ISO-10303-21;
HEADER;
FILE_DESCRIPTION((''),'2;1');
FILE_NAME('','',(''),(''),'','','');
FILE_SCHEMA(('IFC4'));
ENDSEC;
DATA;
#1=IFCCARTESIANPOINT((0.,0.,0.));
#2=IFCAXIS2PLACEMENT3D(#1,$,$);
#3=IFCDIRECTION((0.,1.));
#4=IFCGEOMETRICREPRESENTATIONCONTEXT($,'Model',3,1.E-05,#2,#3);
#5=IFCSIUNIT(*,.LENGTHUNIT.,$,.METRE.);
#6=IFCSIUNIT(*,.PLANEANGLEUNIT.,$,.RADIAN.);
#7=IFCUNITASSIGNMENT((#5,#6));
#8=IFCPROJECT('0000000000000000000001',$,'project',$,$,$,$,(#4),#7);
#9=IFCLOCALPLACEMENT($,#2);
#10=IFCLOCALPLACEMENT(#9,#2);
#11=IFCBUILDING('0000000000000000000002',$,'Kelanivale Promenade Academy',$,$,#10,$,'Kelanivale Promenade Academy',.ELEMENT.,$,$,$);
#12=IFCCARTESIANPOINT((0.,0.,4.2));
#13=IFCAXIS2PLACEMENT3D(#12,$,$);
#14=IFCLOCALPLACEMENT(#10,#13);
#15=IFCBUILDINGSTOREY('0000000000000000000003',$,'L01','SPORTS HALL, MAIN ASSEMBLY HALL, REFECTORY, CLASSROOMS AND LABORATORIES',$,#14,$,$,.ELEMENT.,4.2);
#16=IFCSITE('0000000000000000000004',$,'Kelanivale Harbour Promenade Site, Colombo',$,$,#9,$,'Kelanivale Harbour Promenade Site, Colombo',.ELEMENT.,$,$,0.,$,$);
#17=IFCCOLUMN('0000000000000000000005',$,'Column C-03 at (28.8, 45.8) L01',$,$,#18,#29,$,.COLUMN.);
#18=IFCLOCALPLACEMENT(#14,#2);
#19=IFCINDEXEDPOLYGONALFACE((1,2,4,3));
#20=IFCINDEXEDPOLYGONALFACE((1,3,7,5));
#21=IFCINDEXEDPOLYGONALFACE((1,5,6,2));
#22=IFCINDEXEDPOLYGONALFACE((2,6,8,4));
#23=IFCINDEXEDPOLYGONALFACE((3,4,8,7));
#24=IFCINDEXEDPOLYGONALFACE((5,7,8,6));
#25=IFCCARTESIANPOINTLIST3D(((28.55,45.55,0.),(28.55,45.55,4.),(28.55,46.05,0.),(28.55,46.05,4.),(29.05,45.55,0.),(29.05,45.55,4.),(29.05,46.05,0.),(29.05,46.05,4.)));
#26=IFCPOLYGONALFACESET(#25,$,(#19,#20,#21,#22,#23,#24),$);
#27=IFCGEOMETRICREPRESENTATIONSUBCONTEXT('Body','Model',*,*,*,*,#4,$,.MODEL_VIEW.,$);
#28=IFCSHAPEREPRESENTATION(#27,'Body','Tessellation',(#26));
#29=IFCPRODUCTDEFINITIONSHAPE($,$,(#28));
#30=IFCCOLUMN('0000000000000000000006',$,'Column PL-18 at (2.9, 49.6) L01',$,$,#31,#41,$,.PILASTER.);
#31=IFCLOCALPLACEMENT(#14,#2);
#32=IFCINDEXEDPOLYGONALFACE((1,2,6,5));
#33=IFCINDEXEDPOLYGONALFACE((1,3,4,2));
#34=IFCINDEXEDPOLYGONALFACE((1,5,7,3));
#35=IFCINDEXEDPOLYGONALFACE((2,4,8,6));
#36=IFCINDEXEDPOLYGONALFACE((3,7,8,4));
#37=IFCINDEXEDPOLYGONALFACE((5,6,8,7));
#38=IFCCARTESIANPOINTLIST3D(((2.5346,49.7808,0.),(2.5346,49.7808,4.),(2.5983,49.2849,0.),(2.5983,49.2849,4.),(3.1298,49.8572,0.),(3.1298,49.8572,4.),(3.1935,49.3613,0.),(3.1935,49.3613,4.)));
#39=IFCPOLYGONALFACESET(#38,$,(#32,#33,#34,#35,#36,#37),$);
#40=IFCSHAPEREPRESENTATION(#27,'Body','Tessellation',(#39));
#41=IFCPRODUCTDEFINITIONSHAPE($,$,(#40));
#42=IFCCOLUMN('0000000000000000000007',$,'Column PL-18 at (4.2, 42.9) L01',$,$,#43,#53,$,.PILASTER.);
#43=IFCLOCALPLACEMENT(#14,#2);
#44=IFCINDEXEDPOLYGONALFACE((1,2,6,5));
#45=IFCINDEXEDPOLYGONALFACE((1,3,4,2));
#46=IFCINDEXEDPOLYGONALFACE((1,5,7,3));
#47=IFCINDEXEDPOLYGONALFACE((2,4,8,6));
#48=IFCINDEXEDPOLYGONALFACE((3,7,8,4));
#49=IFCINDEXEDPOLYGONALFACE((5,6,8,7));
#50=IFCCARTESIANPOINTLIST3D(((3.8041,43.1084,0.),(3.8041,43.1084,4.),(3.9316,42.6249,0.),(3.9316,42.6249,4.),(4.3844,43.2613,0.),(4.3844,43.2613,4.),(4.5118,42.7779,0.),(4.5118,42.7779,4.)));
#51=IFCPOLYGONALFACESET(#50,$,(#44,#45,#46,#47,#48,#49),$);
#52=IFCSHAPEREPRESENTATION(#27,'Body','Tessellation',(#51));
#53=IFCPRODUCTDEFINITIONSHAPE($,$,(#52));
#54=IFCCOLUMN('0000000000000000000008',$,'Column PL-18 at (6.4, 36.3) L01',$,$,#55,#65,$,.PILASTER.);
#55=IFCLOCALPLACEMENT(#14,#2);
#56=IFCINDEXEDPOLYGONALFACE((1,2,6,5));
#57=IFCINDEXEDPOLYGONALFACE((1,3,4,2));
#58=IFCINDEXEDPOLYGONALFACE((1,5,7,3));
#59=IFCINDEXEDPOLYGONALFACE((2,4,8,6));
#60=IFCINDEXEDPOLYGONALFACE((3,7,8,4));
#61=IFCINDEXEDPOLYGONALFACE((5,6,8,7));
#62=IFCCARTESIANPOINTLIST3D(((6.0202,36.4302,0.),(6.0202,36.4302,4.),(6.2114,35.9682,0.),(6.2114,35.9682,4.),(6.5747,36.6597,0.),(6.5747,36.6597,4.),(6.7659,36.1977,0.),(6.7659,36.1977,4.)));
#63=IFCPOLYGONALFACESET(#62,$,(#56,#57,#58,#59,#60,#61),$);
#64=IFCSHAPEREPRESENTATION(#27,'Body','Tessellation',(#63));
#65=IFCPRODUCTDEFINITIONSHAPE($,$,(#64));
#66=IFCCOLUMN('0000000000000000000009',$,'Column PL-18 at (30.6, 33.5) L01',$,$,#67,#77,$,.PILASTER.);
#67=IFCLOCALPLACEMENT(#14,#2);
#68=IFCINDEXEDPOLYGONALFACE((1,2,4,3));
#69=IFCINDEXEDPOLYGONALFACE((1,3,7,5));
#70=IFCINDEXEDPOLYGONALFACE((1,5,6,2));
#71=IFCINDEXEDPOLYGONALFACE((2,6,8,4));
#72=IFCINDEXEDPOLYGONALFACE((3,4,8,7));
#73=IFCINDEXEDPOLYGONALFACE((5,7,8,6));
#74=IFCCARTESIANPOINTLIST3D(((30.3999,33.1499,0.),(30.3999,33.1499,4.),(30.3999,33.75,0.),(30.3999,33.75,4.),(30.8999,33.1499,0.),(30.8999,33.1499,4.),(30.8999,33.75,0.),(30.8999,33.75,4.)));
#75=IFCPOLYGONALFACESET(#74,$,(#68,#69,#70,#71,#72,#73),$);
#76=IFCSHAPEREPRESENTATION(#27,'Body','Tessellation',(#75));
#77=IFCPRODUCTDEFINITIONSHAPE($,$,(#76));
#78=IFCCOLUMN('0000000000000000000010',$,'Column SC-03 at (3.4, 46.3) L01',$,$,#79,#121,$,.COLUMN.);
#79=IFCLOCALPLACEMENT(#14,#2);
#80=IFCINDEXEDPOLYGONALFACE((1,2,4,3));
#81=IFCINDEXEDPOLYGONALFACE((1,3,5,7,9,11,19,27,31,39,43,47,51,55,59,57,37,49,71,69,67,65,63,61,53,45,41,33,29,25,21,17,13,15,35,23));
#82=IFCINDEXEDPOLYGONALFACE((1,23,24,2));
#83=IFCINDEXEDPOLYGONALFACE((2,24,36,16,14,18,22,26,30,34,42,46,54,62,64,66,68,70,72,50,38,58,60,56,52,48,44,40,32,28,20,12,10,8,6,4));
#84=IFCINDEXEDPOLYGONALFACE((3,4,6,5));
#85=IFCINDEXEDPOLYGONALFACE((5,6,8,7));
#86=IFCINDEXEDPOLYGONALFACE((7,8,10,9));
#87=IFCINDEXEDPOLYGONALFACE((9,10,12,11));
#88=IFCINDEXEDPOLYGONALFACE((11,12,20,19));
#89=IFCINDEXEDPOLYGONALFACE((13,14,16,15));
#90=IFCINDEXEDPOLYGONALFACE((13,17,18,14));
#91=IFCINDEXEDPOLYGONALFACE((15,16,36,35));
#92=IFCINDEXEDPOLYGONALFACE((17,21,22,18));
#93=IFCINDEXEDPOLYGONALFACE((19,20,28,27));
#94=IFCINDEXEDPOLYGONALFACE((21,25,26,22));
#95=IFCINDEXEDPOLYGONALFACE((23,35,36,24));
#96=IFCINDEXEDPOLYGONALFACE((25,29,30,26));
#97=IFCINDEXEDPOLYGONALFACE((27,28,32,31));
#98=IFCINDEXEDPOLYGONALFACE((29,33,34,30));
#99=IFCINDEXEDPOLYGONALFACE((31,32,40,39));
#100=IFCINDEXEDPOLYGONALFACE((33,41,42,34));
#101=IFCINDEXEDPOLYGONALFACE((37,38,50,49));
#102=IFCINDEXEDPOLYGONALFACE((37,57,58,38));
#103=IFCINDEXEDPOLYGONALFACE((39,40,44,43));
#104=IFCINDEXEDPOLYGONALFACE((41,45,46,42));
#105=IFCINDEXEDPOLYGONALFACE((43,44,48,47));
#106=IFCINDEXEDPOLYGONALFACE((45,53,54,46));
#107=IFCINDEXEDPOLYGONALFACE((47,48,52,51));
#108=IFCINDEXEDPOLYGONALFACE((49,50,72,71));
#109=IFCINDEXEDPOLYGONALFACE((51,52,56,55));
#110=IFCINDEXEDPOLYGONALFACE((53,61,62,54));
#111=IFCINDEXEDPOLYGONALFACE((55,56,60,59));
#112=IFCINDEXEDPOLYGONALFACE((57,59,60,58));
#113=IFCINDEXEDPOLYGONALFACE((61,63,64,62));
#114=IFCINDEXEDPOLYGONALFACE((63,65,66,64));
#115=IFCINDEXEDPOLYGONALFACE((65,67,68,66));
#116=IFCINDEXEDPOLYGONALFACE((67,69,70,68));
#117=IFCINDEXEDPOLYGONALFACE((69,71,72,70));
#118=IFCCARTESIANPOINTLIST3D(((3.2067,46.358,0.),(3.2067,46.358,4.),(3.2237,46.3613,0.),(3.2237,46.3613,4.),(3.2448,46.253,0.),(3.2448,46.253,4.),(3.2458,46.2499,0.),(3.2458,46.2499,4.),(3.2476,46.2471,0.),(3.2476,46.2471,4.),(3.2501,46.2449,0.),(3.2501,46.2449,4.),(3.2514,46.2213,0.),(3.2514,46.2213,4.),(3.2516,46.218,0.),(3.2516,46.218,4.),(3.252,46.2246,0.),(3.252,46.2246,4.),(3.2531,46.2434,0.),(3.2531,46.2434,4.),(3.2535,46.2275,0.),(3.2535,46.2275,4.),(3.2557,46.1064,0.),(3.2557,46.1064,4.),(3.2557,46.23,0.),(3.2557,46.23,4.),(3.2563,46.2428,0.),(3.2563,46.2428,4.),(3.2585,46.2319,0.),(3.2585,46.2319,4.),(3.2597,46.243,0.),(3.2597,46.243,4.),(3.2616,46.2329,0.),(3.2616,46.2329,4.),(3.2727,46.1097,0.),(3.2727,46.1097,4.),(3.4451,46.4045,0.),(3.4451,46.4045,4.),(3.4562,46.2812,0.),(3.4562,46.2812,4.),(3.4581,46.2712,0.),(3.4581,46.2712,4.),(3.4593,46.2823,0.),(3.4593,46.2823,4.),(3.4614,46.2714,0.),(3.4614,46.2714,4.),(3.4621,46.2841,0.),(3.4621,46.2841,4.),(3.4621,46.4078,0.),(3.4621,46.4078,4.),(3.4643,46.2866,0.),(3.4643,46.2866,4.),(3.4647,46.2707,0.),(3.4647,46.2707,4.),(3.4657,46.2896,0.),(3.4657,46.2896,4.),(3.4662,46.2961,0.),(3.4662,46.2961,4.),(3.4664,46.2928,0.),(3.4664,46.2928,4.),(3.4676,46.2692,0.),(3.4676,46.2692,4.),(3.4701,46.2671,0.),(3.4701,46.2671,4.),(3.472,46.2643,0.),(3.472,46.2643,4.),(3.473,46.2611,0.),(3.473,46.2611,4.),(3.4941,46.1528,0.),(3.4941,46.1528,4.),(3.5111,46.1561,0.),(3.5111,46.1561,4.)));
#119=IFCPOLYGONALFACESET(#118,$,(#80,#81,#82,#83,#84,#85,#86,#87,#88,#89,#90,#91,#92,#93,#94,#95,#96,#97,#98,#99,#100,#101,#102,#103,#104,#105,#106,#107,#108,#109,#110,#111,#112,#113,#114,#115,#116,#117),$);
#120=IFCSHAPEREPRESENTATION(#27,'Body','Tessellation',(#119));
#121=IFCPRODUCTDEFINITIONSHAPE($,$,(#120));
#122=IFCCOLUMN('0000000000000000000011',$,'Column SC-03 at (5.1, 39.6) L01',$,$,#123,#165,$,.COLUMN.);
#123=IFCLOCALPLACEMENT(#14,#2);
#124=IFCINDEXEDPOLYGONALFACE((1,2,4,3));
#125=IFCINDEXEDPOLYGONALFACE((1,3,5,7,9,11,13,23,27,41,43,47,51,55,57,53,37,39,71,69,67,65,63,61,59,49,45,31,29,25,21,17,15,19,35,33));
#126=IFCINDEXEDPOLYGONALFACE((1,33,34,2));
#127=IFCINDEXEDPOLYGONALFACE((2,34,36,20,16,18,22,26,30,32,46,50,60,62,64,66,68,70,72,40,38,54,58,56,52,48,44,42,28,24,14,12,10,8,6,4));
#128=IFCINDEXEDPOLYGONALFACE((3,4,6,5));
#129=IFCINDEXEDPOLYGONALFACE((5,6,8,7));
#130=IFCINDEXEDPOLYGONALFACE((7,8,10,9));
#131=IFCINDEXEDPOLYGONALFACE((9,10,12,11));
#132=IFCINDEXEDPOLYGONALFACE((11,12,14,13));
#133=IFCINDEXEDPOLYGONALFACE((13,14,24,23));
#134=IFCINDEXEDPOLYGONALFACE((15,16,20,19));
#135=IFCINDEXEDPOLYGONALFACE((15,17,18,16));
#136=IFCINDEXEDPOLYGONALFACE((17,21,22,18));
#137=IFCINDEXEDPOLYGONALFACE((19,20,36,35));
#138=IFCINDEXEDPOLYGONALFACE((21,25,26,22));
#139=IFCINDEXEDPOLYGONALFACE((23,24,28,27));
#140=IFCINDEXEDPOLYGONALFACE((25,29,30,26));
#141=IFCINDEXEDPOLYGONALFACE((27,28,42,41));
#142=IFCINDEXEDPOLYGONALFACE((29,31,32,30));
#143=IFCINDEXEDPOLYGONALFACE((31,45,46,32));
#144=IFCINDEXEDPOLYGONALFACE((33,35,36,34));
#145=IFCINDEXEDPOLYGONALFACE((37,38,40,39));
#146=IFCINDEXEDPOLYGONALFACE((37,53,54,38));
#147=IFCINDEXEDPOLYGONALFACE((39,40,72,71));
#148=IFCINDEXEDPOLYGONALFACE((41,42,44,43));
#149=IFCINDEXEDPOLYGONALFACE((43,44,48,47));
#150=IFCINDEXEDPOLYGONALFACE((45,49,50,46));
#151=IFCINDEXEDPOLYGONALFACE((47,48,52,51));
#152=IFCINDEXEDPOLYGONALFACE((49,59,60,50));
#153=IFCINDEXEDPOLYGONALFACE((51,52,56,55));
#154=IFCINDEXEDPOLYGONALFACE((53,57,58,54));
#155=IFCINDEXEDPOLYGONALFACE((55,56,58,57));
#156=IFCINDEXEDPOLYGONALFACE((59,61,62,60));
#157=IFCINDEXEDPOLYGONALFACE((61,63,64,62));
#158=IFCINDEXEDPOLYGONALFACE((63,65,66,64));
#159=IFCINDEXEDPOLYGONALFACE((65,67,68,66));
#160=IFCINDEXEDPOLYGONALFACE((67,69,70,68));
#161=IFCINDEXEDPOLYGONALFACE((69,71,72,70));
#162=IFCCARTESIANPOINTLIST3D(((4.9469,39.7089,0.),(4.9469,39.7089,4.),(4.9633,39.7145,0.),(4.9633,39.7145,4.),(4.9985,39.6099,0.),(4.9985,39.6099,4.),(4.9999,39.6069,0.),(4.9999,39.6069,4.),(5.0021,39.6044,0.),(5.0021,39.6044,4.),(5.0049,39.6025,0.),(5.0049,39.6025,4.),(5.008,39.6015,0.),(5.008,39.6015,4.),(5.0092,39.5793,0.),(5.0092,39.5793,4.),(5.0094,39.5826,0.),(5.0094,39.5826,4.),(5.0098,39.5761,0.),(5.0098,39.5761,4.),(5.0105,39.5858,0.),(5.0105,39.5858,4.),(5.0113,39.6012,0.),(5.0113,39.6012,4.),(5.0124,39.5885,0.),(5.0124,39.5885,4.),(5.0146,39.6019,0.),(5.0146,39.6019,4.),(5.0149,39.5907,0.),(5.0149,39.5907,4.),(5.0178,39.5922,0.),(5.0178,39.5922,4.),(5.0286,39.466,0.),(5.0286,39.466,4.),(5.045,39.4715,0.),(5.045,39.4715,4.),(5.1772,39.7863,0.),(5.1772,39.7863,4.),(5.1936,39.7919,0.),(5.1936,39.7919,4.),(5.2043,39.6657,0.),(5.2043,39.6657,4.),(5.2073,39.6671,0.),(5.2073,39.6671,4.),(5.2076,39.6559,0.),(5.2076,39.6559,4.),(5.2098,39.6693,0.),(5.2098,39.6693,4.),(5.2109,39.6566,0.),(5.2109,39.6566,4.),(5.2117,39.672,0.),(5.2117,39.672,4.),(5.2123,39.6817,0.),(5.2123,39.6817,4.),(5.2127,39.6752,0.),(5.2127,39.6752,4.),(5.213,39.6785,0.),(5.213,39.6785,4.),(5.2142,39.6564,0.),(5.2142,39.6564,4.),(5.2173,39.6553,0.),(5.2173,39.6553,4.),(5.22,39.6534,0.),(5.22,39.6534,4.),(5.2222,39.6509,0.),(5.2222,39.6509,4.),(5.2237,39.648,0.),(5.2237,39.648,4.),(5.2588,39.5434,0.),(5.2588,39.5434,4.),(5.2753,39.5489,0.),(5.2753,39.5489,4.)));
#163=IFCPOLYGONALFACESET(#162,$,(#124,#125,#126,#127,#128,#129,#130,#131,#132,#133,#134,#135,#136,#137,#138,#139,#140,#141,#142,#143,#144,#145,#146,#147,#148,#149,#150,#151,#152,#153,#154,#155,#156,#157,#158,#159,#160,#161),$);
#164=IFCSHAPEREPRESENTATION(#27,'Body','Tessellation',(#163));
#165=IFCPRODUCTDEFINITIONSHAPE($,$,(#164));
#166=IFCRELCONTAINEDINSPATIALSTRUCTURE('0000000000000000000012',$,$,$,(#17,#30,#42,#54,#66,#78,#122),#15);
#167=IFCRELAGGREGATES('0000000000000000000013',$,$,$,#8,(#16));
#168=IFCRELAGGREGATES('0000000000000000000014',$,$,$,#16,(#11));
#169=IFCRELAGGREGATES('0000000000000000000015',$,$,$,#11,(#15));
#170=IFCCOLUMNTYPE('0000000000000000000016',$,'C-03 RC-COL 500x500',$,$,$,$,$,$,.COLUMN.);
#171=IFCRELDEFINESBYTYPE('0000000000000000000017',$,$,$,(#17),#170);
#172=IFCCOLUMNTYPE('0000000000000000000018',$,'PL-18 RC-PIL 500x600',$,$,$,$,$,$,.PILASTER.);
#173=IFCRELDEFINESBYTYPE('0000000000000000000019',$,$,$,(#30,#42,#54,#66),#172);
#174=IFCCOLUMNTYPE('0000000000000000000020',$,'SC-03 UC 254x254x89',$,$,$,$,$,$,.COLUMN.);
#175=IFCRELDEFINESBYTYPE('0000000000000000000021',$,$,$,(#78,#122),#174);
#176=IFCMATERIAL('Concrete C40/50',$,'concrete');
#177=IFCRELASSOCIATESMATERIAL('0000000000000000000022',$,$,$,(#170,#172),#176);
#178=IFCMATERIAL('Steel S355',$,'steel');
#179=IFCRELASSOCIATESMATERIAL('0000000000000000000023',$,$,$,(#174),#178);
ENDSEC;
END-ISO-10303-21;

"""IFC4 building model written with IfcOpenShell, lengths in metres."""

from ifc_helpers import new_model, si_unit, direction, frame, origin, origin_2d, place, context, subcontext, project, spatial, rectangle, i_section, extrude, material, material_profile, profile_set, type_object, element, save


model = new_model("IFC4")

# Units and contexts
model_context = context("Model", 3, precision=1e-05, world=origin(), true_north=direction((0.0, 1.0)))
body_context = subcontext(model_context, "Body", "Model", "MODEL_VIEW")
ifc_project = project(units=[si_unit("LENGTHUNIT", "METRE"), si_unit("PLANEANGLEUNIT", "RADIAN")], contexts=[model_context])

# Site, building, storey
site_placement = place(None, origin())
site = spatial("IfcSite", under=ifc_project, at=site_placement, Name="Kelanivale Harbour Promenade Site, Colombo", LongName="Kelanivale Harbour Promenade Site, Colombo", CompositionType="ELEMENT", RefElevation=0.0)
building_placement = place(site_placement, origin())
building = spatial("IfcBuilding", under=site, at=building_placement, Name="Kelanivale Promenade Academy", LongName="Kelanivale Promenade Academy", CompositionType="ELEMENT")
storey_placement = place(building_placement, frame((0.0, 0.0, 4.2)))
storey = spatial("IfcBuildingStorey", under=building, at=storey_placement, Name="L01", Description="SPORTS HALL, MAIN ASSEMBLY HALL, REFECTORY, CLASSROOMS AND LABORATORIES", CompositionType="ELEMENT", Elevation=4.2)

# Columns
ifc_material_1 = material(Name="Concrete C40/50", Category="concrete")
ifc_material_profile_1 = material_profile(ifc_material_1, rectangle(XDim=0.5, YDim=0.5, at=origin_2d()), Name="RC-COL 500x500")
ifc_profile_set_1 = profile_set([ifc_material_profile_1], Name="Concrete C40/50")
column_type_1 = type_object("IfcColumnType", Name="C-03 RC-COL 500x500", PredefinedType="COLUMN", material=ifc_profile_set_1)
column_placement = place(storey_placement, frame((28.8, 45.8, 0.0), z_axis=(0.0, 0.0, 1.0), x_axis=(1.0, 0.0, 0.0)))
element("IfcColumn", 1, at=column_placement, inside=storey, type_object=column_type_1, Name="Column C-03 at (28.8, 45.8) L01", PredefinedType="COLUMN", context=body_context, shape_type="SweptSolid", body=[
    extrude(rectangle(XDim=0.5, YDim=0.5, at=origin_2d()), origin(), (0.0, 0.0, 1.0), 4.0),
])
ifc_material_profile_2 = material_profile(ifc_material_1, rectangle(XDim=0.5, YDim=0.6001, at=origin_2d()), Name="RC-PIL 500x600")
ifc_profile_set_2 = profile_set([ifc_material_profile_2], Name="Concrete C40/50")
column_type_2 = type_object("IfcColumnType", Name="PL-18 RC-PIL 500x600", PredefinedType="PILASTER", material=ifc_profile_set_2)
for number, where, z_axis, x_axis, name in (
    (2, (2.864, 49.571, 0.0), (0.0, 0.0, 1.0), (-0.127411, 0.99185, 0.0), "Column PL-18 at (2.9, 49.6) L01"),
    (3, (4.158, 42.9431, 0.0), (0.0, 0.0, 1.0), (-0.254939, 0.966957, 0.0), "Column PL-18 at (4.2, 42.9) L01"),
    (4, (6.3931, 36.314, 0.0), (0.0, 0.0, 1.0), (-0.382361, 0.924013, 0.0), "Column PL-18 at (6.4, 36.3) L01"),
    (5, (30.6499, 33.45, 0.0), (0.0, 0.0, 1.0), (1.0, 0.0, 0.0), "Column PL-18 at (30.6, 33.5) L01"),
):
    element("IfcColumn", number, at=place(storey_placement, frame(where, z_axis=z_axis, x_axis=x_axis)), inside=storey, type_object=column_type_2, Name=name, PredefinedType="PILASTER", context=body_context, shape_type="SweptSolid", body=[
        extrude(rectangle(XDim=0.5, YDim=0.6001, at=origin_2d()), origin(), (0.0, 0.0, 1.0), 4.0),
    ])
ifc_material_2 = material(Name="Steel S355", Category="steel")
ifc_material_profile_3 = material_profile(ifc_material_2, i_section(OverallWidth=0.2563, OverallDepth=0.2603, WebThickness=0.0103, FlangeThickness=0.0173, FilletRadius=0.0127, at=origin_2d()), Name="UC 254x254x89")
ifc_profile_set_3 = profile_set([ifc_material_profile_3], Name="Steel S355")
column_type_3 = type_object("IfcColumnType", Name="SC-03 UC 254x254x89", PredefinedType="COLUMN", material=ifc_profile_set_3)
for number, where, z_axis, x_axis, name in (
    (6, (3.3589, 46.2571, 0.0), (0.0, 0.0, 1.0), (-0.191152, 0.981561, 0.0), "Column SC-03 at (3.4, 46.3) L01"),
    (7, (5.1111, 39.6289, 0.0), (0.0, 0.0, 1.0), (-0.318628, 0.94788, 0.0), "Column SC-03 at (5.1, 39.6) L01"),
):
    element("IfcColumn", number, at=place(storey_placement, frame(where, z_axis=z_axis, x_axis=x_axis)), inside=storey, type_object=column_type_3, Name=name, PredefinedType="COLUMN", context=body_context, shape_type="SweptSolid", body=[
        extrude(i_section(OverallWidth=0.2563, OverallDepth=0.2603, WebThickness=0.0103, FlangeThickness=0.0173, FilletRadius=0.0127, at=origin_2d()), origin(), (0.0, 0.0, 1.0), 4.0),
    ])

save(model, "model.ifc")
